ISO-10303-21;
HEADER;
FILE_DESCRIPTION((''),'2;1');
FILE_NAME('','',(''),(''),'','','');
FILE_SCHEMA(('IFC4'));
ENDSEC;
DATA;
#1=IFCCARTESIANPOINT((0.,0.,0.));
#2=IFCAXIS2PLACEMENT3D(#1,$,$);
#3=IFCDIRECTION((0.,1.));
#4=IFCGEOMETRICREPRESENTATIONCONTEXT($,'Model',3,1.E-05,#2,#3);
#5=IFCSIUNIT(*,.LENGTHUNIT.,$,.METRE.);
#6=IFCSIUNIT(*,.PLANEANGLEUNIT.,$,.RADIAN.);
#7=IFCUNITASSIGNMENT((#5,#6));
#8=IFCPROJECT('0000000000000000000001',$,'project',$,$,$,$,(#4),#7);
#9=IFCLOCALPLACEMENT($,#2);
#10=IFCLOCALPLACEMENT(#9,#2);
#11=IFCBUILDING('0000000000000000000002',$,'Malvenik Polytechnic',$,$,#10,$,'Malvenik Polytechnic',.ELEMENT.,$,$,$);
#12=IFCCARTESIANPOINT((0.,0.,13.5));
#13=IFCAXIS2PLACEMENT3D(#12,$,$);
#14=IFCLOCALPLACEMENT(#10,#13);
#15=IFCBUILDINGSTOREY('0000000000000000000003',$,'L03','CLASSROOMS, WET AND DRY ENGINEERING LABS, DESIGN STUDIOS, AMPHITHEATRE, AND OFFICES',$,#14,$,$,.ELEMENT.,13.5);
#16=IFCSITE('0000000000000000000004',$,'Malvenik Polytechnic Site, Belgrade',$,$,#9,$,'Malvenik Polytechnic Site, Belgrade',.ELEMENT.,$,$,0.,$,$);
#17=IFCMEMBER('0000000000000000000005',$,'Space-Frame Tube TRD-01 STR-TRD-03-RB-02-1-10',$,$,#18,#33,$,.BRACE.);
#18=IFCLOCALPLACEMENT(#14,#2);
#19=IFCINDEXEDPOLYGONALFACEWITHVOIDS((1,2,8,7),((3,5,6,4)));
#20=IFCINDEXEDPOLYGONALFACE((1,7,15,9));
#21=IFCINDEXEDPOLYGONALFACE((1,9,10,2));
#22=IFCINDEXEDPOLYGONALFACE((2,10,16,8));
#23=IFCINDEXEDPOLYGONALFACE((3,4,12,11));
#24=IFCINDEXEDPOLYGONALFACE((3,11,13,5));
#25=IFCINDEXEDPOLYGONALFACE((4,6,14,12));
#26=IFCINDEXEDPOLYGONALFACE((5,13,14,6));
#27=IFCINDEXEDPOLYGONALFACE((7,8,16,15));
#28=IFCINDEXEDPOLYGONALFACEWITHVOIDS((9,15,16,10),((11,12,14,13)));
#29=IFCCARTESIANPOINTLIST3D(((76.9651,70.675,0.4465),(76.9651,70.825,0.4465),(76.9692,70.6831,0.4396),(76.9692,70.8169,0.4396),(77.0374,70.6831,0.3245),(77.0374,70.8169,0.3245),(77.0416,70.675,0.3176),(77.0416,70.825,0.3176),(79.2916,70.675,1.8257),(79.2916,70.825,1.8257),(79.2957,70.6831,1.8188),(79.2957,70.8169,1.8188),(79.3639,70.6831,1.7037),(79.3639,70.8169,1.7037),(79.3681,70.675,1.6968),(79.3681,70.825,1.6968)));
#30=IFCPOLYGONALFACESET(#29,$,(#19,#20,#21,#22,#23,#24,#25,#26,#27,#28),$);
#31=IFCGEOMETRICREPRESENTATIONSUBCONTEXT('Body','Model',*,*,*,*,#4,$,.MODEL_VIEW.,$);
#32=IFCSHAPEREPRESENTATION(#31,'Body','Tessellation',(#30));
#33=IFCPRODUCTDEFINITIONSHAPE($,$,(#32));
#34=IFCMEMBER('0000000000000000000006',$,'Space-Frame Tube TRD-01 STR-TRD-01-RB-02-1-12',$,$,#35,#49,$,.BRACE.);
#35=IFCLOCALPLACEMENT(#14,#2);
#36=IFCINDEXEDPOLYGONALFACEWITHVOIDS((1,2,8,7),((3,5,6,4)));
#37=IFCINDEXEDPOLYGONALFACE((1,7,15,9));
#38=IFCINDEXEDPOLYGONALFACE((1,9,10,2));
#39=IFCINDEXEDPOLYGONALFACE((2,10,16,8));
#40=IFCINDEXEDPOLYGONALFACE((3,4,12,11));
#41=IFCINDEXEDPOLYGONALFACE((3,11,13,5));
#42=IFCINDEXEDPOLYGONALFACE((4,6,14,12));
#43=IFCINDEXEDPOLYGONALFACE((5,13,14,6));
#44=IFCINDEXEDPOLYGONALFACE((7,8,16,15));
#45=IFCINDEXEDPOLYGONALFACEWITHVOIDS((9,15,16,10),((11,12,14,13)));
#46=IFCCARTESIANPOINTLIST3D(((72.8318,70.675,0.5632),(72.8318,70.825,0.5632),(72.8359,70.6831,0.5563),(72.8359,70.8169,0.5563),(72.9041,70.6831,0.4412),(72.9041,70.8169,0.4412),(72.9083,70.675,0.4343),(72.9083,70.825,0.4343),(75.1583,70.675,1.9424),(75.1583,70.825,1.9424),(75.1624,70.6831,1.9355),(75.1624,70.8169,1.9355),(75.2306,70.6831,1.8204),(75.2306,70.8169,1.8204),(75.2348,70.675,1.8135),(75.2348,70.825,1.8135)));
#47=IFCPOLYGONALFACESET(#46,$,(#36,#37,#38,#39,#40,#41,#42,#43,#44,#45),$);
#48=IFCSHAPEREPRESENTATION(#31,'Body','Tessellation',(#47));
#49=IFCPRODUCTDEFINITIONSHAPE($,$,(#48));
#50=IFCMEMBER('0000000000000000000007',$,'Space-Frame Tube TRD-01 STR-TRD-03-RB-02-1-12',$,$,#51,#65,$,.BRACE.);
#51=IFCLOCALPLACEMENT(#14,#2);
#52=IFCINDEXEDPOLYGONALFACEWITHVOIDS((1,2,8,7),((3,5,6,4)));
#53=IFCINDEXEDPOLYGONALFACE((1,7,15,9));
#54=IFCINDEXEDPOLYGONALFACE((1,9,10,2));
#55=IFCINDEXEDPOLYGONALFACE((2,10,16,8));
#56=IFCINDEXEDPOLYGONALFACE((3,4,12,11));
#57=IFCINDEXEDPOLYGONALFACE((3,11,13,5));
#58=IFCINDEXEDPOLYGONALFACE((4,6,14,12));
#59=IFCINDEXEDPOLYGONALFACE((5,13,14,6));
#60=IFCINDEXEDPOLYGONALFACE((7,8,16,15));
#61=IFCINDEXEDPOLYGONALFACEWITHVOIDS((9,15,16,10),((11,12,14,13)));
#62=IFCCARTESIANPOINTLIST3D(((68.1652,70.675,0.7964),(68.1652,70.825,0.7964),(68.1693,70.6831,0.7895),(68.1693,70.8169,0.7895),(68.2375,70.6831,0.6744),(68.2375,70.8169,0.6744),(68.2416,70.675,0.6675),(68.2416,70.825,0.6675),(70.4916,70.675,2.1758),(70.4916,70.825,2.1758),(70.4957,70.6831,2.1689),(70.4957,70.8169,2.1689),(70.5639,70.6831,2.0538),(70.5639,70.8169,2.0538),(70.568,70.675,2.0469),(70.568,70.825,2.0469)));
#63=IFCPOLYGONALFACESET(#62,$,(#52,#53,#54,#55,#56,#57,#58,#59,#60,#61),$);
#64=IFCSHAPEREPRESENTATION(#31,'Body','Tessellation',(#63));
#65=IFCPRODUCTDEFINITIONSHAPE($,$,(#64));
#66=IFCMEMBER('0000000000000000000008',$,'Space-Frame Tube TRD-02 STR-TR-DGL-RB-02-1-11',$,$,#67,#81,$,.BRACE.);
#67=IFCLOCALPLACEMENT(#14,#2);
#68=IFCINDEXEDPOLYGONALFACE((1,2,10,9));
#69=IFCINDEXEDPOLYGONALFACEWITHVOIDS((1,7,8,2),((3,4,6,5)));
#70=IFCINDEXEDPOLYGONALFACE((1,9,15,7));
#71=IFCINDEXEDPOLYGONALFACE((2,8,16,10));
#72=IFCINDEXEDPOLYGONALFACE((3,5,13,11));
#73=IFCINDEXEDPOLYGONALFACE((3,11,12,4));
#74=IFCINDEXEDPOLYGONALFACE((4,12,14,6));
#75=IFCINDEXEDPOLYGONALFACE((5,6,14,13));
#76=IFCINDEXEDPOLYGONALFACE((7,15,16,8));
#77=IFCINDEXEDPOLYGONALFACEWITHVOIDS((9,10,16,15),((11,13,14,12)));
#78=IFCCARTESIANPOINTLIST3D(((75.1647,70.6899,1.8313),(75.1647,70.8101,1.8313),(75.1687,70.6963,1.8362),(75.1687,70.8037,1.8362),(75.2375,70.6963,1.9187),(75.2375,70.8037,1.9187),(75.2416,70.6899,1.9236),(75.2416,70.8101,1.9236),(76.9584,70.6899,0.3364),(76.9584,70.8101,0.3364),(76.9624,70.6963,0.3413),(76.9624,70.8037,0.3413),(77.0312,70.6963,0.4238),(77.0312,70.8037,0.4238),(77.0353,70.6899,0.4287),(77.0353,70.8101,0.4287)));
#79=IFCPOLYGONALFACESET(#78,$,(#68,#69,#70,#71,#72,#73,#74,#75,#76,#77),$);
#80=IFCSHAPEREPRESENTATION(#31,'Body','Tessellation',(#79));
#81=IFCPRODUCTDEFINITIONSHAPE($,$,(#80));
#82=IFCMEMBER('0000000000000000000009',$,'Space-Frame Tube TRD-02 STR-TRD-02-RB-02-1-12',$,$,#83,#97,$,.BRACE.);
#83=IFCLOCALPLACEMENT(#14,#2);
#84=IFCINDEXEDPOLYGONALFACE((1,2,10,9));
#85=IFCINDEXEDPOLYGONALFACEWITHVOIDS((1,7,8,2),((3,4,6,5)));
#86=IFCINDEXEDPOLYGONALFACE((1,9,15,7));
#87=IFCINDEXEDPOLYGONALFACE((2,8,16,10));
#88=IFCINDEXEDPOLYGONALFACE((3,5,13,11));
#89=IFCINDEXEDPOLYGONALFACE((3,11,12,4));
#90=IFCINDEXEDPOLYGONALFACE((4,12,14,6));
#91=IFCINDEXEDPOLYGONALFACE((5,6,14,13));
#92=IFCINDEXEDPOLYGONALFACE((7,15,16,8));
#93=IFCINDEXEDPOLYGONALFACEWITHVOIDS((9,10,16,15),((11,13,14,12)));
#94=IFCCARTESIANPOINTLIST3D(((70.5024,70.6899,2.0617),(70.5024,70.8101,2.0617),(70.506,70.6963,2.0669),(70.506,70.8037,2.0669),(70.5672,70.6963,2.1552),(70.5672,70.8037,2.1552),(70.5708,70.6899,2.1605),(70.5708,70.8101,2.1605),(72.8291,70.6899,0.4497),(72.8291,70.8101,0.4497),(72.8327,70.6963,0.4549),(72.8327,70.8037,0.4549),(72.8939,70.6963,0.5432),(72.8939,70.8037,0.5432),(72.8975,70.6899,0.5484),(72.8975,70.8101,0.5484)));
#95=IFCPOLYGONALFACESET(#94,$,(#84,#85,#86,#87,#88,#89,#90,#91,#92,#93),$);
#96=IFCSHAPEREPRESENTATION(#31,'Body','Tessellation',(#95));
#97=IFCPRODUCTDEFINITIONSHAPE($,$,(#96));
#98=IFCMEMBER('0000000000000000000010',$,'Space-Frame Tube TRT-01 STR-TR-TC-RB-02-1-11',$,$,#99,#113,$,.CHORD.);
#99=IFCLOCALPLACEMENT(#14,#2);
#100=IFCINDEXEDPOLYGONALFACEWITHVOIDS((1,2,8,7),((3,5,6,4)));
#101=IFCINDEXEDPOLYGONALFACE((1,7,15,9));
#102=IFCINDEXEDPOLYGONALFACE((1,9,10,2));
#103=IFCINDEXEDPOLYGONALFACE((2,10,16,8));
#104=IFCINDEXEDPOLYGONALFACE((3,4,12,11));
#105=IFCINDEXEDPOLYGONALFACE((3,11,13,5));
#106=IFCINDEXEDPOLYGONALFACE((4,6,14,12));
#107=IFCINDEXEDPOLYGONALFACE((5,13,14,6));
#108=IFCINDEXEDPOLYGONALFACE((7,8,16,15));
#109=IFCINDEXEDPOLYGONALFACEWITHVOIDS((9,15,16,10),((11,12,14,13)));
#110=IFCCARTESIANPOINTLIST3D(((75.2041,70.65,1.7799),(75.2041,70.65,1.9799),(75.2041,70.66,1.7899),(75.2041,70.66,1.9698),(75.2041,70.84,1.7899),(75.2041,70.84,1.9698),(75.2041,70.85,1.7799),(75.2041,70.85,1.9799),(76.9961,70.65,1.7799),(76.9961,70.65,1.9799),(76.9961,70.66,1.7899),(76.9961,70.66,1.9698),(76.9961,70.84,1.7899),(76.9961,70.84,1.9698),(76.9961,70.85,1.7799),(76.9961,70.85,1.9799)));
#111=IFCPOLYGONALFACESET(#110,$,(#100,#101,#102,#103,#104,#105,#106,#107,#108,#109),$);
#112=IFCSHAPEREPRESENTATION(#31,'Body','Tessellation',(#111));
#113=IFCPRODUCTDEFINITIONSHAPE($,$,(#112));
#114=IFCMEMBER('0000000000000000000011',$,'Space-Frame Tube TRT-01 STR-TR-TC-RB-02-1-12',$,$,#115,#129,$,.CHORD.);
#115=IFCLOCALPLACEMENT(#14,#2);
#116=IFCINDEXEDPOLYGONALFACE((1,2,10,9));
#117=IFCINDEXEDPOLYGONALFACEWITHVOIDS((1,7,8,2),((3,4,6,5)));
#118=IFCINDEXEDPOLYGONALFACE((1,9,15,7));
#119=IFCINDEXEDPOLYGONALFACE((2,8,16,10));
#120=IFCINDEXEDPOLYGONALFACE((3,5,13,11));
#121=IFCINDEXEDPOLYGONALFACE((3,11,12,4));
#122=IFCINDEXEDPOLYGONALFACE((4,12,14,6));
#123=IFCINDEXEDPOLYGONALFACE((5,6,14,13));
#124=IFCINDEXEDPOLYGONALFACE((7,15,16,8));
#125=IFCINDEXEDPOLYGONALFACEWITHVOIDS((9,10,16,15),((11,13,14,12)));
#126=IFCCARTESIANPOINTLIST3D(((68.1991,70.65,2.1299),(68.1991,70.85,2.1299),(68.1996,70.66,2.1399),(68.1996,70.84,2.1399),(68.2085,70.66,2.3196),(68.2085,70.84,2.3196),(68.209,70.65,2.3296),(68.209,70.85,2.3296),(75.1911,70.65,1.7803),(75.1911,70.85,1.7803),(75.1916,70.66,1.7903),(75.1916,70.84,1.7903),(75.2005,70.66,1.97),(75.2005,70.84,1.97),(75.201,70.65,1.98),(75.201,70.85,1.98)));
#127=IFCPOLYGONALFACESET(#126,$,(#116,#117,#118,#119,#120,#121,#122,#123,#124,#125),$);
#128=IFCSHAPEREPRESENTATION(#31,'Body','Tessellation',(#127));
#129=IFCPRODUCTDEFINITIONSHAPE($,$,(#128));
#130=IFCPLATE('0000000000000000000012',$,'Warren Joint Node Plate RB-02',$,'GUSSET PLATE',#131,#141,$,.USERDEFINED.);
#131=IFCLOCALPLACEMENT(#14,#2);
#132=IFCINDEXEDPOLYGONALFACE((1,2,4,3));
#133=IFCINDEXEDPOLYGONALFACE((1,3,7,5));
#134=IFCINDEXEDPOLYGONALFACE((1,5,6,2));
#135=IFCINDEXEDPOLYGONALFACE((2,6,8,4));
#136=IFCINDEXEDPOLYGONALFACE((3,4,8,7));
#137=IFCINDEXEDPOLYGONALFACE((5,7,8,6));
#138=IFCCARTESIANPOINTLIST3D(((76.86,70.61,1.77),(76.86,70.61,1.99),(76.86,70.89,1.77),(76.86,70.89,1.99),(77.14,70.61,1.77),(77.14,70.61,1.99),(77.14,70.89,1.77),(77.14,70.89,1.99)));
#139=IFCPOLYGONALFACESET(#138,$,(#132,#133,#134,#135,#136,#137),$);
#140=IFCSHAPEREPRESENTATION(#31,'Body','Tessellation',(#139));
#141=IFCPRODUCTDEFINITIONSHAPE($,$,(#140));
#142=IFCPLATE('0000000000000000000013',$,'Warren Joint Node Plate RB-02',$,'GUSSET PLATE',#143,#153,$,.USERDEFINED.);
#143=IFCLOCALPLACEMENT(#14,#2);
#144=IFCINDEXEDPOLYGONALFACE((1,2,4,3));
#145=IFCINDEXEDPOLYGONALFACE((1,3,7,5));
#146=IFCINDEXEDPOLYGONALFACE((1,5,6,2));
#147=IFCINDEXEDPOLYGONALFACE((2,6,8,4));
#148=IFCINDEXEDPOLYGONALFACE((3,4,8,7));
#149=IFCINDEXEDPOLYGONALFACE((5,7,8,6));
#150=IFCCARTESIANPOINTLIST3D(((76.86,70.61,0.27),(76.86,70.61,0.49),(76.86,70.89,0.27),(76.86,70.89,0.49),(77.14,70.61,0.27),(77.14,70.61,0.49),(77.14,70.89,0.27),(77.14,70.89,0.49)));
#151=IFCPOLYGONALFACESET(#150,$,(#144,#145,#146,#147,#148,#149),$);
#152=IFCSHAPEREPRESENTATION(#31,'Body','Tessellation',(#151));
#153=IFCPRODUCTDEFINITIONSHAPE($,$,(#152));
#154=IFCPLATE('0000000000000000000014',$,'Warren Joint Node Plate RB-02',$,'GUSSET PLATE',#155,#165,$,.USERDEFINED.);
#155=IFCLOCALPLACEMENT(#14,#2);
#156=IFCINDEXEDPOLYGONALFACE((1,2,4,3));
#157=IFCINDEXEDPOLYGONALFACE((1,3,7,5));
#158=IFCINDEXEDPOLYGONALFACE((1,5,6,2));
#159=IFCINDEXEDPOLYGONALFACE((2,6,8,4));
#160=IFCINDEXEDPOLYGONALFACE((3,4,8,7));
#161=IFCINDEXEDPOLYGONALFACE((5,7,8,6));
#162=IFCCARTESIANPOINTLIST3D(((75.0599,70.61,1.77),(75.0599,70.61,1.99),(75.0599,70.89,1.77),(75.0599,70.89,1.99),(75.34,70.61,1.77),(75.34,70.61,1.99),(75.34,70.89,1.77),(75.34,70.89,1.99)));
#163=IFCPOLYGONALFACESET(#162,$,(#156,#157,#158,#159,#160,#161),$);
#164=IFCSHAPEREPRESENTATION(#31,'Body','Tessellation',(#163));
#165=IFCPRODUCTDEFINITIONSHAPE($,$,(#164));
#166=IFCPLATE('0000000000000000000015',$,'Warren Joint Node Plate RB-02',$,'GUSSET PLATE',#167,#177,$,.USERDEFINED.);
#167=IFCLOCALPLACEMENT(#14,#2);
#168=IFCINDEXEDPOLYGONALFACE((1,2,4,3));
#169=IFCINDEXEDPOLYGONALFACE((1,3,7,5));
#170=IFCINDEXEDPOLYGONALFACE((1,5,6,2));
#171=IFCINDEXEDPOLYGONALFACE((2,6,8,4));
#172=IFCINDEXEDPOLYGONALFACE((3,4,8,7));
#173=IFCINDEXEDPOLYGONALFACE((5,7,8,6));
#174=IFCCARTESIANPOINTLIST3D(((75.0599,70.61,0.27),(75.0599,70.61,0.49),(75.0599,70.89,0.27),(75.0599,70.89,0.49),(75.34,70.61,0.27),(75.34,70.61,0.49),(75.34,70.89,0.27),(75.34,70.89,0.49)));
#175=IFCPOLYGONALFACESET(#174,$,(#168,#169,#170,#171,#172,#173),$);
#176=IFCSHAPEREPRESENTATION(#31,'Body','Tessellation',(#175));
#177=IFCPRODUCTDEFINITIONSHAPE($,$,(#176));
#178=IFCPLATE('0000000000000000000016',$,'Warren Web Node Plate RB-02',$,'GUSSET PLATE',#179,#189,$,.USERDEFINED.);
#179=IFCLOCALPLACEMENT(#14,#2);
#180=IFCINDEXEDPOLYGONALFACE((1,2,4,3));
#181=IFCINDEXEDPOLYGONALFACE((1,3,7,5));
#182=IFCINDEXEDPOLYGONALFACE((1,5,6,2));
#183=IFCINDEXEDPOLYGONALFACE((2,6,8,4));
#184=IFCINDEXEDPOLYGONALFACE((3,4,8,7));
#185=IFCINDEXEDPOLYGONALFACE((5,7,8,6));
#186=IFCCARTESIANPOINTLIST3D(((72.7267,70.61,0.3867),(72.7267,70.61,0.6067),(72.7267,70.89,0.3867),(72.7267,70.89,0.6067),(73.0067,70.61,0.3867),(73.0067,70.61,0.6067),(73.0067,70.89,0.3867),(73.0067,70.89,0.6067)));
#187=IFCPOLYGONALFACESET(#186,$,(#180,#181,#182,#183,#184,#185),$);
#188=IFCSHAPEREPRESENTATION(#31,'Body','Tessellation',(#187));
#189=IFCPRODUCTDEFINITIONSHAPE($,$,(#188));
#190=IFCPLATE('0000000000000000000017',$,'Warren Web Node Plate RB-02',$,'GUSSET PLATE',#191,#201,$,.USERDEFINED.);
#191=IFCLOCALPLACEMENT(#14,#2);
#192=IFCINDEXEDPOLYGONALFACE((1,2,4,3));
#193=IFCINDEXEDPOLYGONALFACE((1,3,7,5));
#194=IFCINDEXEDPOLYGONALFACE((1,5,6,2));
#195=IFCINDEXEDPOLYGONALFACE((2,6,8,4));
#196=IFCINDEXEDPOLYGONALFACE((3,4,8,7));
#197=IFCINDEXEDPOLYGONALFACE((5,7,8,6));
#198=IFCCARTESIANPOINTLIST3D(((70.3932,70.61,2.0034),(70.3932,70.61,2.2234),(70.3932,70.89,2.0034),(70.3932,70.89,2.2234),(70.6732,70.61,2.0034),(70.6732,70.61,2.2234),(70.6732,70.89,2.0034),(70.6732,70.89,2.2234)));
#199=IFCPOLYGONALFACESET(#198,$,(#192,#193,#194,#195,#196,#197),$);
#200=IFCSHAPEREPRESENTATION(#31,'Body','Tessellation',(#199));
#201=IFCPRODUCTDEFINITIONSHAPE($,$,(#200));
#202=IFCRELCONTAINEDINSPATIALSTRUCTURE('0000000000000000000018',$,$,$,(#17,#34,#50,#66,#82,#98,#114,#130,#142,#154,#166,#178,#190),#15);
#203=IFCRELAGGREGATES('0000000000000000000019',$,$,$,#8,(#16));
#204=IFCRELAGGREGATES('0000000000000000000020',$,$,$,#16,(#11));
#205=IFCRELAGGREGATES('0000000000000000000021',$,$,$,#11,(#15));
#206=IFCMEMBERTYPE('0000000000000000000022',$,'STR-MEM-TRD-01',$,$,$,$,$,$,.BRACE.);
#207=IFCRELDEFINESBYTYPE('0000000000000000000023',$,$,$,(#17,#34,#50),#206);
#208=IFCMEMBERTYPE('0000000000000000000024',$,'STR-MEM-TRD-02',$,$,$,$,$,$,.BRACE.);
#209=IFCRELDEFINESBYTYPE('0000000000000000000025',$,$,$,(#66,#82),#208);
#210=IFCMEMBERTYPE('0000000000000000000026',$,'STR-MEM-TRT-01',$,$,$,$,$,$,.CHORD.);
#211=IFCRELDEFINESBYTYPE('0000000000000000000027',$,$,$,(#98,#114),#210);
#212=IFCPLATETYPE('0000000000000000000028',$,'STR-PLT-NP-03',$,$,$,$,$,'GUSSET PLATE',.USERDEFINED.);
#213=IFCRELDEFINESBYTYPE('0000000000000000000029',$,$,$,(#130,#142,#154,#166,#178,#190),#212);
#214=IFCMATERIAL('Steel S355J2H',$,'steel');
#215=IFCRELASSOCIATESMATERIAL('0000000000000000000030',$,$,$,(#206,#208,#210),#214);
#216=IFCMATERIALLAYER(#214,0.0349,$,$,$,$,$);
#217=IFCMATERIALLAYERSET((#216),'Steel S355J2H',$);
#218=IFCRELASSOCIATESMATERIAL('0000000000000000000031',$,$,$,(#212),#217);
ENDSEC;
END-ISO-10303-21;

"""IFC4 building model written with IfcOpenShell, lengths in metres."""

from ifc_helpers import new_model, si_unit, direction, frame, origin, origin_2d, place, context, subcontext, project, spatial, rectangle, hollow_rectangle, extrude, material, layer, layer_set, material_profile, profile_set, type_object, element, save


model = new_model("IFC4")

# Units and contexts
model_context = context("Model", 3, precision=1e-05, world=origin(), true_north=direction((0.0, 1.0)))
body_context = subcontext(model_context, "Body", "Model", "MODEL_VIEW")
ifc_project = project(units=[si_unit("LENGTHUNIT", "METRE"), si_unit("PLANEANGLEUNIT", "RADIAN")], contexts=[model_context])

# Site, building, storey
site_placement = place(None, origin())
site = spatial("IfcSite", under=ifc_project, at=site_placement, Name="Malvenik Polytechnic Site, Belgrade", LongName="Malvenik Polytechnic Site, Belgrade", CompositionType="ELEMENT", RefElevation=0.0)
building_placement = place(site_placement, origin())
building = spatial("IfcBuilding", under=site, at=building_placement, Name="Malvenik Polytechnic", LongName="Malvenik Polytechnic", CompositionType="ELEMENT")
storey_placement = place(building_placement, frame((0.0, 0.0, 13.5)))
storey = spatial("IfcBuildingStorey", under=building, at=storey_placement, Name="L03", Description="CLASSROOMS, WET AND DRY ENGINEERING LABS, DESIGN STUDIOS, AMPHITHEATRE, AND OFFICES", CompositionType="ELEMENT", Elevation=13.5)

# Shared definitions
ifc_material_1 = material(Name="Steel S355J2H", Category="steel")

# Members
ifc_material_profile_1 = material_profile(ifc_material_1, hollow_rectangle(XDim=0.1499, YDim=0.1499, WallThickness=0.0081, at=origin_2d()), Name="SHS 150x150x8.0")
ifc_profile_set_1 = profile_set([ifc_material_profile_1], Name="Steel S355J2H")
member_type_1 = type_object("IfcMemberType", Name="STR-MEM-TRD-01", PredefinedType="BRACE", material=ifc_profile_set_1)
for number, where, z_axis, x_axis, name in (
    (1, (79.3298, 70.75, 1.7612), (-0.860205, 0.0, -0.509948), (0.0, -1.0, 0.0), "Space-Frame Tube TRD-01 STR-TRD-03-RB-02-1-10"),
    (2, (75.1965, 70.75, 1.8779), (-0.860205, 0.0, -0.509948), (0.0, -1.0, 0.0), "Space-Frame Tube TRD-01 STR-TRD-01-RB-02-1-12"),
    (3, (70.5298, 70.75, 2.1113), (-0.860165, 0.0, -0.510015), (0.0, -1.0, 0.0), "Space-Frame Tube TRD-01 STR-TRD-03-RB-02-1-12"),
):
    element("IfcMember", number, at=place(storey_placement, frame(where, z_axis=z_axis, x_axis=x_axis)), inside=storey, type_object=member_type_1, Name=name, PredefinedType="BRACE", context=body_context, shape_type="SweptSolid", body=[
        extrude(hollow_rectangle(XDim=0.1499, YDim=0.1499, WallThickness=0.0081, at=origin_2d()), origin(), (0.0, 0.0, 1.0), 2.7046),
    ])
ifc_material_profile_2 = material_profile(ifc_material_1, hollow_rectangle(XDim=0.1201, YDim=0.1201, WallThickness=0.0063, at=origin_2d()), Name="SHS 120x120x6.3")
ifc_profile_set_2 = profile_set([ifc_material_profile_2], Name="Steel S355J2H")
member_type_2 = type_object("IfcMemberType", Name="STR-MEM-TRD-02", PredefinedType="BRACE", material=ifc_profile_set_2)
member_1_placement = place(storey_placement, frame((76.9968, 70.75, 0.3826), z_axis=(-0.768196, 0.0, 0.640215), x_axis=(0.0, -1.0, 0.0)))
element("IfcMember", 4, at=member_1_placement, inside=storey, type_object=member_type_2, Name="Space-Frame Tube TRD-02 STR-TR-DGL-RB-02-1-11", PredefinedType="BRACE", context=body_context, shape_type="SweptSolid", body=[
    extrude(hollow_rectangle(XDim=0.1201, YDim=0.1201, WallThickness=0.0063, at=origin_2d()), origin(), (0.0, 0.0, 1.0), 2.335),
])
member_2_placement = place(storey_placement, frame((72.8633, 70.75, 0.499), z_axis=(-0.821978, 0.0, 0.569519), x_axis=(0.0, -1.0, 0.0)))
element("IfcMember", 5, at=member_2_placement, inside=storey, type_object=member_type_2, Name="Space-Frame Tube TRD-02 STR-TRD-02-RB-02-1-12", PredefinedType="BRACE", context=body_context, shape_type="SweptSolid", body=[
    extrude(hollow_rectangle(XDim=0.1201, YDim=0.1201, WallThickness=0.0063, at=origin_2d()), origin(), (0.0, 0.0, 1.0), 2.8306),
])
ifc_material_profile_3 = material_profile(ifc_material_1, hollow_rectangle(XDim=0.2, YDim=0.2, WallThickness=0.01, at=origin_2d()), Name="SHS 200x200x10.0")
ifc_profile_set_3 = profile_set([ifc_material_profile_3], Name="Steel S355J2H")
member_type_3 = type_object("IfcMemberType", Name="STR-MEM-TRT-01", PredefinedType="CHORD", material=ifc_profile_set_3)
member_3_placement = place(storey_placement, frame((76.9961, 70.75, 1.8799), z_axis=(-1.0, 0.0, 0.0), x_axis=(0.0, -1.0, 0.0)))
element("IfcMember", 6, at=member_3_placement, inside=storey, type_object=member_type_3, Name="Space-Frame Tube TRT-01 STR-TR-TC-RB-02-1-11", PredefinedType="CHORD", context=body_context, shape_type="SweptSolid", body=[
    extrude(hollow_rectangle(XDim=0.2, YDim=0.2, WallThickness=0.01, at=origin_2d()), origin(), (0.0, 0.0, 1.0), 1.792),
])
member_4_placement = place(storey_placement, frame((75.196, 70.75, 1.8801), z_axis=(-0.998752, 0.0, 0.049939), x_axis=(0.0, -1.0, 0.0)))
element("IfcMember", 7, at=member_4_placement, inside=storey, type_object=member_type_3, Name="Space-Frame Tube TRT-01 STR-TR-TC-RB-02-1-12", PredefinedType="CHORD", context=body_context, shape_type="SweptSolid", body=[
    extrude(hollow_rectangle(XDim=0.2, YDim=0.2, WallThickness=0.01, at=origin_2d()), origin(), (0.0, 0.0, 1.0), 7.0007),
])

# Plates
ifc_layer_1 = layer(ifc_material_1, 0.0349)
ifc_layer_set_1 = layer_set([ifc_layer_1], Name="Steel S355J2H")
plate_type = type_object("IfcPlateType", Name="STR-PLT-NP-03", ElementType="GUSSET PLATE", PredefinedType="USERDEFINED", material=ifc_layer_set_1)
for number, where, z_axis, x_axis, name in (
    (8, (77.0, 70.75, 1.77), (0.0, 0.0, 1.0), (1.0, 0.0, 0.0), "Warren Joint Node Plate RB-02"),
    (9, (77.0, 70.75, 0.27), (0.0, 0.0, 1.0), (1.0, 0.0, 0.0), "Warren Joint Node Plate RB-02"),
    (10, (75.2, 70.75, 1.77), (0.0, 0.0, 1.0), (1.0, 0.0, 0.0), "Warren Joint Node Plate RB-02"),
    (11, (75.2, 70.75, 0.27), (0.0, 0.0, 1.0), (1.0, 0.0, 0.0), "Warren Joint Node Plate RB-02"),
    (12, (72.8667, 70.75, 0.3867), (0.0, 0.0, 1.0), (1.0, 0.0, 0.0), "Warren Web Node Plate RB-02"),
    (13, (70.5332, 70.75, 2.0034), (0.0, 0.0, 1.0), (1.0, 0.0, 0.0), "Warren Web Node Plate RB-02"),
):
    element("IfcPlate", number, at=place(storey_placement, frame(where, z_axis=z_axis, x_axis=x_axis)), inside=storey, type_object=plate_type, Name=name, ObjectType="GUSSET PLATE", PredefinedType="USERDEFINED", context=body_context, shape_type="SweptSolid", body=[
        extrude(rectangle(XDim=0.28, YDim=0.28, at=origin_2d()), origin(), (0.0, 0.0, 1.0), 0.22),
    ])

save(model, "model.ifc")
